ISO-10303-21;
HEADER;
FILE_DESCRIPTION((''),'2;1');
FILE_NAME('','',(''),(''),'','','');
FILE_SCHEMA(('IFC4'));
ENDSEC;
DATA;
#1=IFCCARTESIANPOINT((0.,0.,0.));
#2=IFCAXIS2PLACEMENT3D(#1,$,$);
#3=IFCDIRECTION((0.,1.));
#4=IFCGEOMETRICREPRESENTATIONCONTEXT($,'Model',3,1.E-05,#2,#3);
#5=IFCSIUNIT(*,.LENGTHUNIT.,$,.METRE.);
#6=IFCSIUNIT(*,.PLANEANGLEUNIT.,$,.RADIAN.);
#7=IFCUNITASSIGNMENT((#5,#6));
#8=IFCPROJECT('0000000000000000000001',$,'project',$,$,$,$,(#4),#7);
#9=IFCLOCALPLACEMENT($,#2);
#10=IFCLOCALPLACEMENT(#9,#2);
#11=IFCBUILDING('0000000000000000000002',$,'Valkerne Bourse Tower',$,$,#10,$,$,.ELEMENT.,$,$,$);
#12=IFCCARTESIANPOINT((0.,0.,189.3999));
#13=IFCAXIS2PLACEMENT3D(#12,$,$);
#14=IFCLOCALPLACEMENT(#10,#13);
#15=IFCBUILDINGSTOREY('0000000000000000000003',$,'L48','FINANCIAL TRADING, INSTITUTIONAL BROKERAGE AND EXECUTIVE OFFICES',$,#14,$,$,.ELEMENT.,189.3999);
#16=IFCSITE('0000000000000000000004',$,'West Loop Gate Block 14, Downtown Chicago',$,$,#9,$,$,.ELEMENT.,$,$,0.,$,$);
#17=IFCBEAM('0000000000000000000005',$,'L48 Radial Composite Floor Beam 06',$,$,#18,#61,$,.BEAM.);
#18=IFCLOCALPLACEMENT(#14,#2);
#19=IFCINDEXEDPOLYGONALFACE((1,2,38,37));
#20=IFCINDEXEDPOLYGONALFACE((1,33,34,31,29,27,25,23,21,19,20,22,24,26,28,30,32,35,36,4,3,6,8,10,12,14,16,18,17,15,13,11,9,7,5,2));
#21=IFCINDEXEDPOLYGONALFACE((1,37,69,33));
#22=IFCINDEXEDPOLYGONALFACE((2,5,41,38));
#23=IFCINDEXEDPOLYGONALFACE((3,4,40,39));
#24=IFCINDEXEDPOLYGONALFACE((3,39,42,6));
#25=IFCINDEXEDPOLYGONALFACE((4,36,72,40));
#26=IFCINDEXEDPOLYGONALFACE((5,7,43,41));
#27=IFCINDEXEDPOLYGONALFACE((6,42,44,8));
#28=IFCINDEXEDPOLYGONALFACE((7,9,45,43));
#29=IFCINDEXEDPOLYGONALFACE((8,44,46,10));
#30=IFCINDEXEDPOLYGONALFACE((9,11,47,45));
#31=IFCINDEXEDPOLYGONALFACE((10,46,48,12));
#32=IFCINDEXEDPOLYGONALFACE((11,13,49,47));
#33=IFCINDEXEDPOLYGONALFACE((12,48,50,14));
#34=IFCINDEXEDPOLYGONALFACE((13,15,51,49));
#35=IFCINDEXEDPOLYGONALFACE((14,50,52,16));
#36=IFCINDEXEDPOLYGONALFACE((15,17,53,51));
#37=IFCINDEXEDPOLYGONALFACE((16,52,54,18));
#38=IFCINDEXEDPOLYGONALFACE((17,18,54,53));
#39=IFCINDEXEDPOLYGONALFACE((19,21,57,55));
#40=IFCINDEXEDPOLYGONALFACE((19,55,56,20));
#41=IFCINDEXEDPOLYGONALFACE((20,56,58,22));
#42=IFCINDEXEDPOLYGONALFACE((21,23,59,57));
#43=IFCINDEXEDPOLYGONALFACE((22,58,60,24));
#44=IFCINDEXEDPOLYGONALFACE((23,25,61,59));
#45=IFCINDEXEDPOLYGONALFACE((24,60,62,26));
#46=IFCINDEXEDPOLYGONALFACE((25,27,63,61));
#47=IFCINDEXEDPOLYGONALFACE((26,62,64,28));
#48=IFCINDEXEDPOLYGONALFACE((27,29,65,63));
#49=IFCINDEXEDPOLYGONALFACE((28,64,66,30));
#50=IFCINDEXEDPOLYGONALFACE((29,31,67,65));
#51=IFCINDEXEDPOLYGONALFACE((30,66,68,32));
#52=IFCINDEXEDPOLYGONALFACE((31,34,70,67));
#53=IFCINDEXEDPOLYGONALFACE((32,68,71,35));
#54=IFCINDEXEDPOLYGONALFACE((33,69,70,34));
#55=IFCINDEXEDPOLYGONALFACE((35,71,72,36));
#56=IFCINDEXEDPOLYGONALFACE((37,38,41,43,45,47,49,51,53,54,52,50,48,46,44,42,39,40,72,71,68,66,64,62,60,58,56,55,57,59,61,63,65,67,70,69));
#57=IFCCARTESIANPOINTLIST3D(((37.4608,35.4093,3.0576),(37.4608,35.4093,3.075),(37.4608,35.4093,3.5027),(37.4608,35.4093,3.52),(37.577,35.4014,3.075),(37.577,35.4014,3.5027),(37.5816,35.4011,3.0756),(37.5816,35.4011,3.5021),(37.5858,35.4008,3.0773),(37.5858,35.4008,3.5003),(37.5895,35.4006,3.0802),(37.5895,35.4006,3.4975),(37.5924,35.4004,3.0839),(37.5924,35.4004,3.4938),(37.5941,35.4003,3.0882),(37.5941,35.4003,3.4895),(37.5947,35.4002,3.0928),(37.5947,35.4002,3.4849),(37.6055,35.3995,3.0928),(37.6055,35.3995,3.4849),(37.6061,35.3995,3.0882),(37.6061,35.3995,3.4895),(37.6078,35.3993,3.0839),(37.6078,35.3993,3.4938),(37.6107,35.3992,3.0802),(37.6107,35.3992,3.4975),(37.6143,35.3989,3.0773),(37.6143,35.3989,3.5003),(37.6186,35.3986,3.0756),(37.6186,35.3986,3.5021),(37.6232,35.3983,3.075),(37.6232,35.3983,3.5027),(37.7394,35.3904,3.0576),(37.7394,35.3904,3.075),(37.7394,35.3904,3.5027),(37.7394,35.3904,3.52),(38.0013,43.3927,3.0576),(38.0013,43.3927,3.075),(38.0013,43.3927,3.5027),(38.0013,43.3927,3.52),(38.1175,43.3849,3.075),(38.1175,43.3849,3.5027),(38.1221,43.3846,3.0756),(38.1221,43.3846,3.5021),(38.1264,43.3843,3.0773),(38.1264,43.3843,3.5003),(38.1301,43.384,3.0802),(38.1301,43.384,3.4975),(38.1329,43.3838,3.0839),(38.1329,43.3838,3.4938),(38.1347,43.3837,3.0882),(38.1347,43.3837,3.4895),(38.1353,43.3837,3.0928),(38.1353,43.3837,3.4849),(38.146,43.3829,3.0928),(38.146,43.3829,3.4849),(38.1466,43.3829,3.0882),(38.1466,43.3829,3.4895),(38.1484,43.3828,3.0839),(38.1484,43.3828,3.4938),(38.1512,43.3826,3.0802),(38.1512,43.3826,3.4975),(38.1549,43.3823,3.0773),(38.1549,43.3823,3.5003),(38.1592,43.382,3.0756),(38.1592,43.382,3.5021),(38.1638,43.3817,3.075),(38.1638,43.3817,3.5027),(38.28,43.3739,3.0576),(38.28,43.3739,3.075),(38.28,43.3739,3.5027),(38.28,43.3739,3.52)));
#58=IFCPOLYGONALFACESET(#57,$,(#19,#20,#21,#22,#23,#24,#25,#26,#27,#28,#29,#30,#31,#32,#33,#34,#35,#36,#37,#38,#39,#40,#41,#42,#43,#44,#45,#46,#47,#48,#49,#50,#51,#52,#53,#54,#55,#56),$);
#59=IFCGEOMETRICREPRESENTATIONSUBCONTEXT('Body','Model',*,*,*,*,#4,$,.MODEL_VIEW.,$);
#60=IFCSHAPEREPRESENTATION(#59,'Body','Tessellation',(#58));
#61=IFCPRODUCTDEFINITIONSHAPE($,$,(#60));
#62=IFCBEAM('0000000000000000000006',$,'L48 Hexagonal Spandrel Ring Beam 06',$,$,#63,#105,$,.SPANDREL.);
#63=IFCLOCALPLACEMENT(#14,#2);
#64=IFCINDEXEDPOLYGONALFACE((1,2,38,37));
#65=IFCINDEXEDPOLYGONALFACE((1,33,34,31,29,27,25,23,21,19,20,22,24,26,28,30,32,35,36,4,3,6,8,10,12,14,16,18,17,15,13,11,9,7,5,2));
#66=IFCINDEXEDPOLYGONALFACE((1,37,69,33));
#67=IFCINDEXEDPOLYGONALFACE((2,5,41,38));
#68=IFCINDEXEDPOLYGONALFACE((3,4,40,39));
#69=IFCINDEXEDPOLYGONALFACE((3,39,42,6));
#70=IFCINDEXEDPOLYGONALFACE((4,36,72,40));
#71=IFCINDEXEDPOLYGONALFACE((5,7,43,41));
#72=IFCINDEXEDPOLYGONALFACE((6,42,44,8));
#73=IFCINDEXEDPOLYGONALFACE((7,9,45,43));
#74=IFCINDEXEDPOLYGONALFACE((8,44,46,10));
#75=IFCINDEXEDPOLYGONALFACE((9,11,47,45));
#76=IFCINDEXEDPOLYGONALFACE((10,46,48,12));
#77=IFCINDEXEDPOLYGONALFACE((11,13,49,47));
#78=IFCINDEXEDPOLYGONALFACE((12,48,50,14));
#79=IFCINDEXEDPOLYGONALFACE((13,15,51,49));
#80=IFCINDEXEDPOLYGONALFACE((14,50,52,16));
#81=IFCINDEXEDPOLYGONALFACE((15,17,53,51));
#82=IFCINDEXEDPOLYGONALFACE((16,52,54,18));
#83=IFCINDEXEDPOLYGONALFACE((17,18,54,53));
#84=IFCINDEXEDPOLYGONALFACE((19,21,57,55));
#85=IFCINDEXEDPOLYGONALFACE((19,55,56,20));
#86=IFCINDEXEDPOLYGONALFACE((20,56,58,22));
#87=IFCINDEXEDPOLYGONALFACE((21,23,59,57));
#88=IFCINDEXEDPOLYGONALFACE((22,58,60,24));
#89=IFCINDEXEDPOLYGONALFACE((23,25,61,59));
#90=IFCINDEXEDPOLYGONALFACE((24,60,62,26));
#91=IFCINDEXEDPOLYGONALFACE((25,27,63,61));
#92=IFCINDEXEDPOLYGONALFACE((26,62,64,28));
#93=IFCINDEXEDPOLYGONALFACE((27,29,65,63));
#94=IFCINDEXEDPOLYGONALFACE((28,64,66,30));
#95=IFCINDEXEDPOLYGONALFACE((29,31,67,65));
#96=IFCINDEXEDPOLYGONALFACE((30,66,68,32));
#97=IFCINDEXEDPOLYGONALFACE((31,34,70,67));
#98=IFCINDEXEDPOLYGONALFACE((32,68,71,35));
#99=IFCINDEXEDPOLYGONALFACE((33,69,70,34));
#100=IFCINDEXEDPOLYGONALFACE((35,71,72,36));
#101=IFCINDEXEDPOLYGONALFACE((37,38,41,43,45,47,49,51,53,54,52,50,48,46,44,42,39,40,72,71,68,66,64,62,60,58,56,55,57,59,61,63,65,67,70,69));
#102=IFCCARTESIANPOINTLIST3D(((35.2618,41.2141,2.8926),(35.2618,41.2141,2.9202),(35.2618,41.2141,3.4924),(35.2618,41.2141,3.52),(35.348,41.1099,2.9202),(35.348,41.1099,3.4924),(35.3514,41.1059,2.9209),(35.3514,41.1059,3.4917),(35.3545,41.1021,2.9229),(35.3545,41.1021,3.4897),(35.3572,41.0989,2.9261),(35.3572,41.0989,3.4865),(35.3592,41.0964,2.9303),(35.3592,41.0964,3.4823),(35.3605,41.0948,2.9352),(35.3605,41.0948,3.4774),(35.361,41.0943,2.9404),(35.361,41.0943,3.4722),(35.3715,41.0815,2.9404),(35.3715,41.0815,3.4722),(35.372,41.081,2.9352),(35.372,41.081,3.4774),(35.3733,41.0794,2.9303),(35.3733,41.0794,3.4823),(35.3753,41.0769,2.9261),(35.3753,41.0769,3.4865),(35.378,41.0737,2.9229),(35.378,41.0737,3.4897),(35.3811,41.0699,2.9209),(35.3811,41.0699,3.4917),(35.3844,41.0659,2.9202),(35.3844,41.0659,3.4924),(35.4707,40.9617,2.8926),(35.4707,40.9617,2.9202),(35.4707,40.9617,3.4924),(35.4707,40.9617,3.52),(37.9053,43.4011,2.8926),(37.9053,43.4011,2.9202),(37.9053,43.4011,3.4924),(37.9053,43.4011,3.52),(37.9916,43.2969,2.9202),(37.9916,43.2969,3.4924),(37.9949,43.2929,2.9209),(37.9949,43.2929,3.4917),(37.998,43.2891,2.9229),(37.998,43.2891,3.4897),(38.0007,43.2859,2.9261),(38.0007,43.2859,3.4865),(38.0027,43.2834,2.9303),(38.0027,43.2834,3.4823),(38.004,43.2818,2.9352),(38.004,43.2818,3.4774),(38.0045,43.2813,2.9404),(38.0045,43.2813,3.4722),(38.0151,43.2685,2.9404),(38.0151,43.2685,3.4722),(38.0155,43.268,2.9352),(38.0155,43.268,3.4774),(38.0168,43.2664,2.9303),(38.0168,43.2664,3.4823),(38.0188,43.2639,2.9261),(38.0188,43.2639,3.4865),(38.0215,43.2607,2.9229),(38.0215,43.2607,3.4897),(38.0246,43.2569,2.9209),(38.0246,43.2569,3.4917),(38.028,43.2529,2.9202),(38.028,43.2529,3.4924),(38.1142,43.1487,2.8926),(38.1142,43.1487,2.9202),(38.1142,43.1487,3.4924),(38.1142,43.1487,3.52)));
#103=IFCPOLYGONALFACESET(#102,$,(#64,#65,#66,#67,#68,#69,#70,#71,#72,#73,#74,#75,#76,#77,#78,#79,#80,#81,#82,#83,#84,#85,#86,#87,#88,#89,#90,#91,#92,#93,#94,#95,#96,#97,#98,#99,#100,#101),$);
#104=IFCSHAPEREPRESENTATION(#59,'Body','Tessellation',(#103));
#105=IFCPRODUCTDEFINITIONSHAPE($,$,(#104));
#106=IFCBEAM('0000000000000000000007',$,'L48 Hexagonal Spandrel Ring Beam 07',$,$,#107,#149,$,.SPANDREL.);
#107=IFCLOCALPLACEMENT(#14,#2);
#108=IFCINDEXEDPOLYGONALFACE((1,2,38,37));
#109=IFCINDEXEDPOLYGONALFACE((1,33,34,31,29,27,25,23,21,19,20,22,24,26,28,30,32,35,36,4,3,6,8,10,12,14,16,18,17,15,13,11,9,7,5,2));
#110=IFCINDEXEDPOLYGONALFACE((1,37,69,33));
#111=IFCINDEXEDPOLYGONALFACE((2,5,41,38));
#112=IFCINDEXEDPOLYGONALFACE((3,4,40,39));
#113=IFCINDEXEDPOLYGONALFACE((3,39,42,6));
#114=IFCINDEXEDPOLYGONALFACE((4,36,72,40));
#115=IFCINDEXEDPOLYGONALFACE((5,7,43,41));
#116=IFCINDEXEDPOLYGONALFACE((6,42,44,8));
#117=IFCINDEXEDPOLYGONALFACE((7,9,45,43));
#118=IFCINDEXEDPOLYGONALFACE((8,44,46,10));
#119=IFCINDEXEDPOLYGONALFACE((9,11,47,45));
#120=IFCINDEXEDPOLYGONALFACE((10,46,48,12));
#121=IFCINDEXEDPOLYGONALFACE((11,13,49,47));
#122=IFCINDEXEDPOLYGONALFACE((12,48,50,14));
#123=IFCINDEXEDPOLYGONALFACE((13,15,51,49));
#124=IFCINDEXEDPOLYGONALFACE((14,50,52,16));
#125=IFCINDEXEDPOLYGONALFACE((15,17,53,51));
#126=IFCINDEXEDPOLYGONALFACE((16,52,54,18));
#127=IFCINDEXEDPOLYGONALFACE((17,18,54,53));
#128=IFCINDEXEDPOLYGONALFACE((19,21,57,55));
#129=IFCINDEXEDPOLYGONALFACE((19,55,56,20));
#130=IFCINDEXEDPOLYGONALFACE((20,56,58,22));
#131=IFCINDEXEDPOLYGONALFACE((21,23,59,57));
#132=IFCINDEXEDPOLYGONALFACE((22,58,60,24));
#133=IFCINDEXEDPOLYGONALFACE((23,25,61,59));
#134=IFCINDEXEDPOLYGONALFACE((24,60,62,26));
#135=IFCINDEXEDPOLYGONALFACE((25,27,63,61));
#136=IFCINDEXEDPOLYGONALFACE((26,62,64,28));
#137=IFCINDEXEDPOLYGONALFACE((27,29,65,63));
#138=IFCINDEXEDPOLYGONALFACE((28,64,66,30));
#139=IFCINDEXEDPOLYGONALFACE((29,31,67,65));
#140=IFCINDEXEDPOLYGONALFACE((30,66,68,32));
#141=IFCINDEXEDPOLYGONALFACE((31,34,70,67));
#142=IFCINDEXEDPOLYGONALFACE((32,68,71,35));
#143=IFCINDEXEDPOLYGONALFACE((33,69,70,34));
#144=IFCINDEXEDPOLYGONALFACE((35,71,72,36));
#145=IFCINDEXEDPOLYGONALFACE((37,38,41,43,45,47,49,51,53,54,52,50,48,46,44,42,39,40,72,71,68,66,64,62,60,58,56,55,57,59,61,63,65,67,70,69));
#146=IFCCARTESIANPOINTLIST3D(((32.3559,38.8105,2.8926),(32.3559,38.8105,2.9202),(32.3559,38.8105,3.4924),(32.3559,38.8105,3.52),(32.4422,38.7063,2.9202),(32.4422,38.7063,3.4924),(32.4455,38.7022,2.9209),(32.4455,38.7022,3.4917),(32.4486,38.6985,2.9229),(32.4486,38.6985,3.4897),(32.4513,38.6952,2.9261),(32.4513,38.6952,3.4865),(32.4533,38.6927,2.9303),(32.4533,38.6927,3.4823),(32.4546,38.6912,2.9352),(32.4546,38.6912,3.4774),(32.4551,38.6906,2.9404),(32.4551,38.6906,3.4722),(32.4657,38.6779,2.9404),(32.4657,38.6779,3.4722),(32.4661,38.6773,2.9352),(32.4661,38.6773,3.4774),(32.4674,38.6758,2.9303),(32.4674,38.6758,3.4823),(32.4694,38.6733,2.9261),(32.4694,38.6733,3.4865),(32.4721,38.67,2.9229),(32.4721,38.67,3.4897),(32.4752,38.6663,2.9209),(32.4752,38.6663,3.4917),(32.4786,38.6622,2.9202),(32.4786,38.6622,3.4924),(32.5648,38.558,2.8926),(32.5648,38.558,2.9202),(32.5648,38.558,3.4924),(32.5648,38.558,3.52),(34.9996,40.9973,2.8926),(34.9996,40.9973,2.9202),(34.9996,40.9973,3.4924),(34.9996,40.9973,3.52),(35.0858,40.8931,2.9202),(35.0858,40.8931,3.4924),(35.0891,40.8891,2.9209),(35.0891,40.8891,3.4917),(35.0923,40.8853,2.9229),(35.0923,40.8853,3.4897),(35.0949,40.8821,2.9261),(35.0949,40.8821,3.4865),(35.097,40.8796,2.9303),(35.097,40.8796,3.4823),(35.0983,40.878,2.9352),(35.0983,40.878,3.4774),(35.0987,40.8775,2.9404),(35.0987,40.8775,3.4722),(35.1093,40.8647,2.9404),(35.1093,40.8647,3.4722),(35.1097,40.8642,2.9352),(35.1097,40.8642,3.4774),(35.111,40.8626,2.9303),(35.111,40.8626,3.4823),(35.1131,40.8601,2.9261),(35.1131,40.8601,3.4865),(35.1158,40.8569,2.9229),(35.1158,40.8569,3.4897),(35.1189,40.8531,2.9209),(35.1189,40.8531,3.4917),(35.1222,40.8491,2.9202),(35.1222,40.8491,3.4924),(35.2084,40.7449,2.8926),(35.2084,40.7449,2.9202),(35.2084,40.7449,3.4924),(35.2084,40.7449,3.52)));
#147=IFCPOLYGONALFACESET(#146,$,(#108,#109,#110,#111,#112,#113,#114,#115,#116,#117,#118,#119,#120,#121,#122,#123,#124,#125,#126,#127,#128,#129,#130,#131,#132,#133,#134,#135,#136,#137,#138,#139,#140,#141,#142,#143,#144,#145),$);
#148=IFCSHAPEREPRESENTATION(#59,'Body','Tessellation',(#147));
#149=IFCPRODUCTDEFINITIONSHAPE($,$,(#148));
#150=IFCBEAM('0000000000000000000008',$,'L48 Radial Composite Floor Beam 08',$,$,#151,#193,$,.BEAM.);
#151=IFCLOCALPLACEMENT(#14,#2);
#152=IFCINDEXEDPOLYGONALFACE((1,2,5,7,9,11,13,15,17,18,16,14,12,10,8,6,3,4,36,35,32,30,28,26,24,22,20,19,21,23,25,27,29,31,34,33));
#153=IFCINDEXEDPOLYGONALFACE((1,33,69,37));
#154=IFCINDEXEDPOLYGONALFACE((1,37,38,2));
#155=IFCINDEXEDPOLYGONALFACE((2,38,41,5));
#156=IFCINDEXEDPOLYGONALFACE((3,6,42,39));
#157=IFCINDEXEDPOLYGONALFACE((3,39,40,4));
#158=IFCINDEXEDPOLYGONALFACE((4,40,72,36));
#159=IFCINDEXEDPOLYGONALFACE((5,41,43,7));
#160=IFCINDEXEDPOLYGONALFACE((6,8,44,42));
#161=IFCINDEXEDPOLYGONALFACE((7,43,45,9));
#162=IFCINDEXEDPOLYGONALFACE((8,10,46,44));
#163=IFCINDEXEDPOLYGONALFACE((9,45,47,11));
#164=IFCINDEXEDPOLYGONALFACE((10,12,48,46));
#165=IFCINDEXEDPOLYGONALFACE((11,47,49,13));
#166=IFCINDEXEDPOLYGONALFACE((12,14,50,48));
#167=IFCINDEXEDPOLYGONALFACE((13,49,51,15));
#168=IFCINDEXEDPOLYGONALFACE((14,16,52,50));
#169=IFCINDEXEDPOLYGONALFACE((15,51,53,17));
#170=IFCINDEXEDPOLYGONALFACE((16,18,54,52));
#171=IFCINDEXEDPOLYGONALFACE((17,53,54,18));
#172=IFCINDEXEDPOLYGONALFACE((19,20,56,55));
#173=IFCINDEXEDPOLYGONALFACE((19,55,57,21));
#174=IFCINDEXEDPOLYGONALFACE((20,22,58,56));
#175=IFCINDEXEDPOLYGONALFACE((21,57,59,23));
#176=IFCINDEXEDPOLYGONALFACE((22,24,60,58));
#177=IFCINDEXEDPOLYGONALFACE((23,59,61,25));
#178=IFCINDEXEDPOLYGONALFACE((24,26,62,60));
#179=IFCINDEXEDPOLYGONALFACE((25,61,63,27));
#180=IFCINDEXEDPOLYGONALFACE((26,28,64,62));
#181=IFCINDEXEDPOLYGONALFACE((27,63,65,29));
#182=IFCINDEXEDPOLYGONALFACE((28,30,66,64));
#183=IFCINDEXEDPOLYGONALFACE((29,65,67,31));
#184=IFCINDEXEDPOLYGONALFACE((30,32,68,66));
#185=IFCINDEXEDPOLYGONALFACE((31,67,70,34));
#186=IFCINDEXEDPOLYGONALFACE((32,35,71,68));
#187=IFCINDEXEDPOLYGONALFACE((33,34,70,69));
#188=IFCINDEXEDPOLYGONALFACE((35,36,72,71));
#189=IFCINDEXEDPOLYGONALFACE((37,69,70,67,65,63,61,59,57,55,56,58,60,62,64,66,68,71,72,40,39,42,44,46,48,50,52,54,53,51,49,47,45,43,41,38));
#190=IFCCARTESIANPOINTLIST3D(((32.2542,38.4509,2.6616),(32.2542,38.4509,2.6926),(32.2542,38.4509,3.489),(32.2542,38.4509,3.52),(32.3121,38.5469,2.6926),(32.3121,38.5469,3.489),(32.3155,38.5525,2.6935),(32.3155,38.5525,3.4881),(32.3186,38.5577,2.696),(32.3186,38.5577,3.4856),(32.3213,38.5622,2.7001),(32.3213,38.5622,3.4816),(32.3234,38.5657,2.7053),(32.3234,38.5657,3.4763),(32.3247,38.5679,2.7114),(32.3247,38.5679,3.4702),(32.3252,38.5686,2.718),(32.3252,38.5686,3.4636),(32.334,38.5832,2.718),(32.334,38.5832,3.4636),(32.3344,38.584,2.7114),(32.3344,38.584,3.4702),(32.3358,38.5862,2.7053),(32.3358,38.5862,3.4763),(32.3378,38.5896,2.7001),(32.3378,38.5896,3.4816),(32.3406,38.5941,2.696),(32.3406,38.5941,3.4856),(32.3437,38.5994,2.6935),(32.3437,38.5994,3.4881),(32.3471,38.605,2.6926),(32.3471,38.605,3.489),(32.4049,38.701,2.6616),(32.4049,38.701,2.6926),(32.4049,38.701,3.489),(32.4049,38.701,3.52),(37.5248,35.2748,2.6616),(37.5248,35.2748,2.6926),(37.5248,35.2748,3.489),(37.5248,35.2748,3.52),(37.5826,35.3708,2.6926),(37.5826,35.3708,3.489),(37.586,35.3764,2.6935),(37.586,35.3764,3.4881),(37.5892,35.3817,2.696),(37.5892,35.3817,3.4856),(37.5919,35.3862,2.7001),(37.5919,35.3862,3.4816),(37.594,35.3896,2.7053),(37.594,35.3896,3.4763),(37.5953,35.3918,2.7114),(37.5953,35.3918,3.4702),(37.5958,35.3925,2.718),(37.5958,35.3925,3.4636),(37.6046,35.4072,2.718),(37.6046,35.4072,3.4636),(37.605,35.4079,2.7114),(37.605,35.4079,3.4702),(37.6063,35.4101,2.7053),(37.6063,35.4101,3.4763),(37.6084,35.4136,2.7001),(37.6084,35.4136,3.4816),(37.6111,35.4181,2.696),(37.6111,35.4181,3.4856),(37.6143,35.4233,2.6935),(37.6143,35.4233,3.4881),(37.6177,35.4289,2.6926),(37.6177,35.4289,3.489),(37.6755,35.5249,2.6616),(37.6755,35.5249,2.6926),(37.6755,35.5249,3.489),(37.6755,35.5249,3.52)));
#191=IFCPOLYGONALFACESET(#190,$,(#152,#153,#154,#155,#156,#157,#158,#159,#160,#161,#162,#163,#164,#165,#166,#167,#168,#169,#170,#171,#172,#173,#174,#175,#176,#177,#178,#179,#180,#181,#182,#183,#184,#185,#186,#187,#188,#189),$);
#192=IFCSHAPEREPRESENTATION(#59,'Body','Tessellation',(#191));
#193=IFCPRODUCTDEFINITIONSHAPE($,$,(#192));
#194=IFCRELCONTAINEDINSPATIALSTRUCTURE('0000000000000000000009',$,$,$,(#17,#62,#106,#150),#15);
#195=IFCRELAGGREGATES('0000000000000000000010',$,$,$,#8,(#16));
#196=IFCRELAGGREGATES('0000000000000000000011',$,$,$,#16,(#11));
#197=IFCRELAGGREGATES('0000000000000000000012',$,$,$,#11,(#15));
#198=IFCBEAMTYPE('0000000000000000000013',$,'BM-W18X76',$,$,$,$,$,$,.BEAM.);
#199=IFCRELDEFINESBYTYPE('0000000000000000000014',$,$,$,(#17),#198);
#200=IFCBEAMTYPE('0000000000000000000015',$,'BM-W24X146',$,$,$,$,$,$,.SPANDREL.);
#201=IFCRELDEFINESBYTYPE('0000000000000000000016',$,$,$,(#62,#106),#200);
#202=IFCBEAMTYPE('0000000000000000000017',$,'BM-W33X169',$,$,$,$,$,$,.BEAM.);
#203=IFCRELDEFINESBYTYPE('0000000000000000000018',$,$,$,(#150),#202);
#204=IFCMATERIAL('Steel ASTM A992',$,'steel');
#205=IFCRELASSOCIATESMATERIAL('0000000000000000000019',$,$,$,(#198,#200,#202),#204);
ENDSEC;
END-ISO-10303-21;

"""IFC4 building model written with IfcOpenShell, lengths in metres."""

from ifc_helpers import new_model, si_unit, direction, frame, origin, origin_2d, place, context, subcontext, project, spatial, i_section, extrude, material, material_profile, profile_set, type_object, element, save


model = new_model("IFC4")

# Units and contexts
model_context = context("Model", 3, precision=1e-05, world=origin(), true_north=direction((0.0, 1.0)))
body_context = subcontext(model_context, "Body", "Model", "MODEL_VIEW")
ifc_project = project(units=[si_unit("LENGTHUNIT", "METRE"), si_unit("PLANEANGLEUNIT", "RADIAN")], contexts=[model_context])

# Site, building, storey
site_placement = place(None, origin())
site = spatial("IfcSite", under=ifc_project, at=site_placement, Name="West Loop Gate Block 14, Downtown Chicago", CompositionType="ELEMENT", RefElevation=0.0)
building_placement = place(site_placement, origin())
building = spatial("IfcBuilding", under=site, at=building_placement, Name="Valkerne Bourse Tower", CompositionType="ELEMENT")
storey_placement = place(building_placement, frame((0.0, 0.0, 189.3999)))
storey = spatial("IfcBuildingStorey", under=building, at=storey_placement, Name="L48", Description="FINANCIAL TRADING, INSTITUTIONAL BROKERAGE AND EXECUTIVE OFFICES", CompositionType="ELEMENT", Elevation=189.3999)

# Beams
ifc_material_1 = material(Name="Steel ASTM A992", Category="steel")
ifc_material_profile_1 = material_profile(ifc_material_1, i_section(OverallWidth=0.2793, OverallDepth=0.4624, WebThickness=0.0107, FlangeThickness=0.0173, FilletRadius=0.0178, at=origin_2d()), Name="W18X76")
ifc_profile_set_1 = profile_set([ifc_material_profile_1], Name="Steel ASTM A992")
beam_type_1 = type_object("IfcBeamType", Name="BM-W18X76", PredefinedType="BEAM", material=ifc_profile_set_1)
beam_1_placement = place(storey_placement, frame((38.1406, 43.3833, 3.2888), z_axis=(-0.067552, -0.997716, 0.0), x_axis=(0.997716, -0.067552, 0.0)))
element("IfcBeam", 1, at=beam_1_placement, inside=storey, type_object=beam_type_1, Name="L48 Radial Composite Floor Beam 06", PredefinedType="BEAM", context=body_context, shape_type="SweptSolid", body=[
    extrude(i_section(OverallWidth=0.2793, OverallDepth=0.4624, WebThickness=0.0107, FlangeThickness=0.0173, FilletRadius=0.0178, at=origin_2d()), origin(), (0.0, 0.0, 1.0), 8.0017),
])
ifc_material_profile_2 = material_profile(ifc_material_1, i_section(OverallWidth=0.3276, OverallDepth=0.6274, WebThickness=0.0166, FlangeThickness=0.0276, FilletRadius=0.0203, at=origin_2d()), Name="W24X146")
ifc_profile_set_2 = profile_set([ifc_material_profile_2], Name="Steel ASTM A992")
beam_type_2 = type_object("IfcBeamType", Name="BM-W24X146", PredefinedType="SPANDREL", material=ifc_profile_set_2)
for number, where, z_axis, x_axis, name in (
    (2, (38.0098, 43.2749, 3.2063), (-0.770503, -0.637437, 0.0), (0.637437, -0.770503, 0.0), "L48 Hexagonal Spandrel Ring Beam 06"),
    (3, (35.104, 40.8711, 3.2063), (-0.770538, -0.637394, 0.0), (0.637394, -0.770538, 0.0), "L48 Hexagonal Spandrel Ring Beam 07"),
):
    element("IfcBeam", number, at=place(storey_placement, frame(where, z_axis=z_axis, x_axis=x_axis)), inside=storey, type_object=beam_type_2, Name=name, PredefinedType="SPANDREL", context=body_context, shape_type="SweptSolid", body=[
        extrude(i_section(OverallWidth=0.3276, OverallDepth=0.6274, WebThickness=0.0166, FlangeThickness=0.0276, FilletRadius=0.0203, at=origin_2d()), origin(), (0.0, 0.0, 1.0), 3.4309),
    ])
ifc_material_profile_3 = material_profile(ifc_material_1, i_section(OverallWidth=0.292, OverallDepth=0.8584, WebThickness=0.0171, FlangeThickness=0.031, FilletRadius=0.0254, at=origin_2d()), Name="W33X169")
ifc_profile_set_3 = profile_set([ifc_material_profile_3], Name="Steel ASTM A992")
beam_type_3 = type_object("IfcBeamType", Name="BM-W33X169", PredefinedType="BEAM", material=ifc_profile_set_3)
beam_2_placement = place(storey_placement, frame((32.3296, 38.5759, 3.0908), z_axis=(0.856508, -0.516134, 0.0), x_axis=(0.516134, 0.856508, 0.0)))
element("IfcBeam", 4, at=beam_2_placement, inside=storey, type_object=beam_type_3, Name="L48 Radial Composite Floor Beam 08", PredefinedType="BEAM", context=body_context, shape_type="SweptSolid", body=[
    extrude(i_section(OverallWidth=0.292, OverallDepth=0.8584, WebThickness=0.0171, FlangeThickness=0.031, FilletRadius=0.0254, at=origin_2d()), origin(), (0.0, 0.0, 1.0), 6.1536),
])

save(model, "model.ifc")
